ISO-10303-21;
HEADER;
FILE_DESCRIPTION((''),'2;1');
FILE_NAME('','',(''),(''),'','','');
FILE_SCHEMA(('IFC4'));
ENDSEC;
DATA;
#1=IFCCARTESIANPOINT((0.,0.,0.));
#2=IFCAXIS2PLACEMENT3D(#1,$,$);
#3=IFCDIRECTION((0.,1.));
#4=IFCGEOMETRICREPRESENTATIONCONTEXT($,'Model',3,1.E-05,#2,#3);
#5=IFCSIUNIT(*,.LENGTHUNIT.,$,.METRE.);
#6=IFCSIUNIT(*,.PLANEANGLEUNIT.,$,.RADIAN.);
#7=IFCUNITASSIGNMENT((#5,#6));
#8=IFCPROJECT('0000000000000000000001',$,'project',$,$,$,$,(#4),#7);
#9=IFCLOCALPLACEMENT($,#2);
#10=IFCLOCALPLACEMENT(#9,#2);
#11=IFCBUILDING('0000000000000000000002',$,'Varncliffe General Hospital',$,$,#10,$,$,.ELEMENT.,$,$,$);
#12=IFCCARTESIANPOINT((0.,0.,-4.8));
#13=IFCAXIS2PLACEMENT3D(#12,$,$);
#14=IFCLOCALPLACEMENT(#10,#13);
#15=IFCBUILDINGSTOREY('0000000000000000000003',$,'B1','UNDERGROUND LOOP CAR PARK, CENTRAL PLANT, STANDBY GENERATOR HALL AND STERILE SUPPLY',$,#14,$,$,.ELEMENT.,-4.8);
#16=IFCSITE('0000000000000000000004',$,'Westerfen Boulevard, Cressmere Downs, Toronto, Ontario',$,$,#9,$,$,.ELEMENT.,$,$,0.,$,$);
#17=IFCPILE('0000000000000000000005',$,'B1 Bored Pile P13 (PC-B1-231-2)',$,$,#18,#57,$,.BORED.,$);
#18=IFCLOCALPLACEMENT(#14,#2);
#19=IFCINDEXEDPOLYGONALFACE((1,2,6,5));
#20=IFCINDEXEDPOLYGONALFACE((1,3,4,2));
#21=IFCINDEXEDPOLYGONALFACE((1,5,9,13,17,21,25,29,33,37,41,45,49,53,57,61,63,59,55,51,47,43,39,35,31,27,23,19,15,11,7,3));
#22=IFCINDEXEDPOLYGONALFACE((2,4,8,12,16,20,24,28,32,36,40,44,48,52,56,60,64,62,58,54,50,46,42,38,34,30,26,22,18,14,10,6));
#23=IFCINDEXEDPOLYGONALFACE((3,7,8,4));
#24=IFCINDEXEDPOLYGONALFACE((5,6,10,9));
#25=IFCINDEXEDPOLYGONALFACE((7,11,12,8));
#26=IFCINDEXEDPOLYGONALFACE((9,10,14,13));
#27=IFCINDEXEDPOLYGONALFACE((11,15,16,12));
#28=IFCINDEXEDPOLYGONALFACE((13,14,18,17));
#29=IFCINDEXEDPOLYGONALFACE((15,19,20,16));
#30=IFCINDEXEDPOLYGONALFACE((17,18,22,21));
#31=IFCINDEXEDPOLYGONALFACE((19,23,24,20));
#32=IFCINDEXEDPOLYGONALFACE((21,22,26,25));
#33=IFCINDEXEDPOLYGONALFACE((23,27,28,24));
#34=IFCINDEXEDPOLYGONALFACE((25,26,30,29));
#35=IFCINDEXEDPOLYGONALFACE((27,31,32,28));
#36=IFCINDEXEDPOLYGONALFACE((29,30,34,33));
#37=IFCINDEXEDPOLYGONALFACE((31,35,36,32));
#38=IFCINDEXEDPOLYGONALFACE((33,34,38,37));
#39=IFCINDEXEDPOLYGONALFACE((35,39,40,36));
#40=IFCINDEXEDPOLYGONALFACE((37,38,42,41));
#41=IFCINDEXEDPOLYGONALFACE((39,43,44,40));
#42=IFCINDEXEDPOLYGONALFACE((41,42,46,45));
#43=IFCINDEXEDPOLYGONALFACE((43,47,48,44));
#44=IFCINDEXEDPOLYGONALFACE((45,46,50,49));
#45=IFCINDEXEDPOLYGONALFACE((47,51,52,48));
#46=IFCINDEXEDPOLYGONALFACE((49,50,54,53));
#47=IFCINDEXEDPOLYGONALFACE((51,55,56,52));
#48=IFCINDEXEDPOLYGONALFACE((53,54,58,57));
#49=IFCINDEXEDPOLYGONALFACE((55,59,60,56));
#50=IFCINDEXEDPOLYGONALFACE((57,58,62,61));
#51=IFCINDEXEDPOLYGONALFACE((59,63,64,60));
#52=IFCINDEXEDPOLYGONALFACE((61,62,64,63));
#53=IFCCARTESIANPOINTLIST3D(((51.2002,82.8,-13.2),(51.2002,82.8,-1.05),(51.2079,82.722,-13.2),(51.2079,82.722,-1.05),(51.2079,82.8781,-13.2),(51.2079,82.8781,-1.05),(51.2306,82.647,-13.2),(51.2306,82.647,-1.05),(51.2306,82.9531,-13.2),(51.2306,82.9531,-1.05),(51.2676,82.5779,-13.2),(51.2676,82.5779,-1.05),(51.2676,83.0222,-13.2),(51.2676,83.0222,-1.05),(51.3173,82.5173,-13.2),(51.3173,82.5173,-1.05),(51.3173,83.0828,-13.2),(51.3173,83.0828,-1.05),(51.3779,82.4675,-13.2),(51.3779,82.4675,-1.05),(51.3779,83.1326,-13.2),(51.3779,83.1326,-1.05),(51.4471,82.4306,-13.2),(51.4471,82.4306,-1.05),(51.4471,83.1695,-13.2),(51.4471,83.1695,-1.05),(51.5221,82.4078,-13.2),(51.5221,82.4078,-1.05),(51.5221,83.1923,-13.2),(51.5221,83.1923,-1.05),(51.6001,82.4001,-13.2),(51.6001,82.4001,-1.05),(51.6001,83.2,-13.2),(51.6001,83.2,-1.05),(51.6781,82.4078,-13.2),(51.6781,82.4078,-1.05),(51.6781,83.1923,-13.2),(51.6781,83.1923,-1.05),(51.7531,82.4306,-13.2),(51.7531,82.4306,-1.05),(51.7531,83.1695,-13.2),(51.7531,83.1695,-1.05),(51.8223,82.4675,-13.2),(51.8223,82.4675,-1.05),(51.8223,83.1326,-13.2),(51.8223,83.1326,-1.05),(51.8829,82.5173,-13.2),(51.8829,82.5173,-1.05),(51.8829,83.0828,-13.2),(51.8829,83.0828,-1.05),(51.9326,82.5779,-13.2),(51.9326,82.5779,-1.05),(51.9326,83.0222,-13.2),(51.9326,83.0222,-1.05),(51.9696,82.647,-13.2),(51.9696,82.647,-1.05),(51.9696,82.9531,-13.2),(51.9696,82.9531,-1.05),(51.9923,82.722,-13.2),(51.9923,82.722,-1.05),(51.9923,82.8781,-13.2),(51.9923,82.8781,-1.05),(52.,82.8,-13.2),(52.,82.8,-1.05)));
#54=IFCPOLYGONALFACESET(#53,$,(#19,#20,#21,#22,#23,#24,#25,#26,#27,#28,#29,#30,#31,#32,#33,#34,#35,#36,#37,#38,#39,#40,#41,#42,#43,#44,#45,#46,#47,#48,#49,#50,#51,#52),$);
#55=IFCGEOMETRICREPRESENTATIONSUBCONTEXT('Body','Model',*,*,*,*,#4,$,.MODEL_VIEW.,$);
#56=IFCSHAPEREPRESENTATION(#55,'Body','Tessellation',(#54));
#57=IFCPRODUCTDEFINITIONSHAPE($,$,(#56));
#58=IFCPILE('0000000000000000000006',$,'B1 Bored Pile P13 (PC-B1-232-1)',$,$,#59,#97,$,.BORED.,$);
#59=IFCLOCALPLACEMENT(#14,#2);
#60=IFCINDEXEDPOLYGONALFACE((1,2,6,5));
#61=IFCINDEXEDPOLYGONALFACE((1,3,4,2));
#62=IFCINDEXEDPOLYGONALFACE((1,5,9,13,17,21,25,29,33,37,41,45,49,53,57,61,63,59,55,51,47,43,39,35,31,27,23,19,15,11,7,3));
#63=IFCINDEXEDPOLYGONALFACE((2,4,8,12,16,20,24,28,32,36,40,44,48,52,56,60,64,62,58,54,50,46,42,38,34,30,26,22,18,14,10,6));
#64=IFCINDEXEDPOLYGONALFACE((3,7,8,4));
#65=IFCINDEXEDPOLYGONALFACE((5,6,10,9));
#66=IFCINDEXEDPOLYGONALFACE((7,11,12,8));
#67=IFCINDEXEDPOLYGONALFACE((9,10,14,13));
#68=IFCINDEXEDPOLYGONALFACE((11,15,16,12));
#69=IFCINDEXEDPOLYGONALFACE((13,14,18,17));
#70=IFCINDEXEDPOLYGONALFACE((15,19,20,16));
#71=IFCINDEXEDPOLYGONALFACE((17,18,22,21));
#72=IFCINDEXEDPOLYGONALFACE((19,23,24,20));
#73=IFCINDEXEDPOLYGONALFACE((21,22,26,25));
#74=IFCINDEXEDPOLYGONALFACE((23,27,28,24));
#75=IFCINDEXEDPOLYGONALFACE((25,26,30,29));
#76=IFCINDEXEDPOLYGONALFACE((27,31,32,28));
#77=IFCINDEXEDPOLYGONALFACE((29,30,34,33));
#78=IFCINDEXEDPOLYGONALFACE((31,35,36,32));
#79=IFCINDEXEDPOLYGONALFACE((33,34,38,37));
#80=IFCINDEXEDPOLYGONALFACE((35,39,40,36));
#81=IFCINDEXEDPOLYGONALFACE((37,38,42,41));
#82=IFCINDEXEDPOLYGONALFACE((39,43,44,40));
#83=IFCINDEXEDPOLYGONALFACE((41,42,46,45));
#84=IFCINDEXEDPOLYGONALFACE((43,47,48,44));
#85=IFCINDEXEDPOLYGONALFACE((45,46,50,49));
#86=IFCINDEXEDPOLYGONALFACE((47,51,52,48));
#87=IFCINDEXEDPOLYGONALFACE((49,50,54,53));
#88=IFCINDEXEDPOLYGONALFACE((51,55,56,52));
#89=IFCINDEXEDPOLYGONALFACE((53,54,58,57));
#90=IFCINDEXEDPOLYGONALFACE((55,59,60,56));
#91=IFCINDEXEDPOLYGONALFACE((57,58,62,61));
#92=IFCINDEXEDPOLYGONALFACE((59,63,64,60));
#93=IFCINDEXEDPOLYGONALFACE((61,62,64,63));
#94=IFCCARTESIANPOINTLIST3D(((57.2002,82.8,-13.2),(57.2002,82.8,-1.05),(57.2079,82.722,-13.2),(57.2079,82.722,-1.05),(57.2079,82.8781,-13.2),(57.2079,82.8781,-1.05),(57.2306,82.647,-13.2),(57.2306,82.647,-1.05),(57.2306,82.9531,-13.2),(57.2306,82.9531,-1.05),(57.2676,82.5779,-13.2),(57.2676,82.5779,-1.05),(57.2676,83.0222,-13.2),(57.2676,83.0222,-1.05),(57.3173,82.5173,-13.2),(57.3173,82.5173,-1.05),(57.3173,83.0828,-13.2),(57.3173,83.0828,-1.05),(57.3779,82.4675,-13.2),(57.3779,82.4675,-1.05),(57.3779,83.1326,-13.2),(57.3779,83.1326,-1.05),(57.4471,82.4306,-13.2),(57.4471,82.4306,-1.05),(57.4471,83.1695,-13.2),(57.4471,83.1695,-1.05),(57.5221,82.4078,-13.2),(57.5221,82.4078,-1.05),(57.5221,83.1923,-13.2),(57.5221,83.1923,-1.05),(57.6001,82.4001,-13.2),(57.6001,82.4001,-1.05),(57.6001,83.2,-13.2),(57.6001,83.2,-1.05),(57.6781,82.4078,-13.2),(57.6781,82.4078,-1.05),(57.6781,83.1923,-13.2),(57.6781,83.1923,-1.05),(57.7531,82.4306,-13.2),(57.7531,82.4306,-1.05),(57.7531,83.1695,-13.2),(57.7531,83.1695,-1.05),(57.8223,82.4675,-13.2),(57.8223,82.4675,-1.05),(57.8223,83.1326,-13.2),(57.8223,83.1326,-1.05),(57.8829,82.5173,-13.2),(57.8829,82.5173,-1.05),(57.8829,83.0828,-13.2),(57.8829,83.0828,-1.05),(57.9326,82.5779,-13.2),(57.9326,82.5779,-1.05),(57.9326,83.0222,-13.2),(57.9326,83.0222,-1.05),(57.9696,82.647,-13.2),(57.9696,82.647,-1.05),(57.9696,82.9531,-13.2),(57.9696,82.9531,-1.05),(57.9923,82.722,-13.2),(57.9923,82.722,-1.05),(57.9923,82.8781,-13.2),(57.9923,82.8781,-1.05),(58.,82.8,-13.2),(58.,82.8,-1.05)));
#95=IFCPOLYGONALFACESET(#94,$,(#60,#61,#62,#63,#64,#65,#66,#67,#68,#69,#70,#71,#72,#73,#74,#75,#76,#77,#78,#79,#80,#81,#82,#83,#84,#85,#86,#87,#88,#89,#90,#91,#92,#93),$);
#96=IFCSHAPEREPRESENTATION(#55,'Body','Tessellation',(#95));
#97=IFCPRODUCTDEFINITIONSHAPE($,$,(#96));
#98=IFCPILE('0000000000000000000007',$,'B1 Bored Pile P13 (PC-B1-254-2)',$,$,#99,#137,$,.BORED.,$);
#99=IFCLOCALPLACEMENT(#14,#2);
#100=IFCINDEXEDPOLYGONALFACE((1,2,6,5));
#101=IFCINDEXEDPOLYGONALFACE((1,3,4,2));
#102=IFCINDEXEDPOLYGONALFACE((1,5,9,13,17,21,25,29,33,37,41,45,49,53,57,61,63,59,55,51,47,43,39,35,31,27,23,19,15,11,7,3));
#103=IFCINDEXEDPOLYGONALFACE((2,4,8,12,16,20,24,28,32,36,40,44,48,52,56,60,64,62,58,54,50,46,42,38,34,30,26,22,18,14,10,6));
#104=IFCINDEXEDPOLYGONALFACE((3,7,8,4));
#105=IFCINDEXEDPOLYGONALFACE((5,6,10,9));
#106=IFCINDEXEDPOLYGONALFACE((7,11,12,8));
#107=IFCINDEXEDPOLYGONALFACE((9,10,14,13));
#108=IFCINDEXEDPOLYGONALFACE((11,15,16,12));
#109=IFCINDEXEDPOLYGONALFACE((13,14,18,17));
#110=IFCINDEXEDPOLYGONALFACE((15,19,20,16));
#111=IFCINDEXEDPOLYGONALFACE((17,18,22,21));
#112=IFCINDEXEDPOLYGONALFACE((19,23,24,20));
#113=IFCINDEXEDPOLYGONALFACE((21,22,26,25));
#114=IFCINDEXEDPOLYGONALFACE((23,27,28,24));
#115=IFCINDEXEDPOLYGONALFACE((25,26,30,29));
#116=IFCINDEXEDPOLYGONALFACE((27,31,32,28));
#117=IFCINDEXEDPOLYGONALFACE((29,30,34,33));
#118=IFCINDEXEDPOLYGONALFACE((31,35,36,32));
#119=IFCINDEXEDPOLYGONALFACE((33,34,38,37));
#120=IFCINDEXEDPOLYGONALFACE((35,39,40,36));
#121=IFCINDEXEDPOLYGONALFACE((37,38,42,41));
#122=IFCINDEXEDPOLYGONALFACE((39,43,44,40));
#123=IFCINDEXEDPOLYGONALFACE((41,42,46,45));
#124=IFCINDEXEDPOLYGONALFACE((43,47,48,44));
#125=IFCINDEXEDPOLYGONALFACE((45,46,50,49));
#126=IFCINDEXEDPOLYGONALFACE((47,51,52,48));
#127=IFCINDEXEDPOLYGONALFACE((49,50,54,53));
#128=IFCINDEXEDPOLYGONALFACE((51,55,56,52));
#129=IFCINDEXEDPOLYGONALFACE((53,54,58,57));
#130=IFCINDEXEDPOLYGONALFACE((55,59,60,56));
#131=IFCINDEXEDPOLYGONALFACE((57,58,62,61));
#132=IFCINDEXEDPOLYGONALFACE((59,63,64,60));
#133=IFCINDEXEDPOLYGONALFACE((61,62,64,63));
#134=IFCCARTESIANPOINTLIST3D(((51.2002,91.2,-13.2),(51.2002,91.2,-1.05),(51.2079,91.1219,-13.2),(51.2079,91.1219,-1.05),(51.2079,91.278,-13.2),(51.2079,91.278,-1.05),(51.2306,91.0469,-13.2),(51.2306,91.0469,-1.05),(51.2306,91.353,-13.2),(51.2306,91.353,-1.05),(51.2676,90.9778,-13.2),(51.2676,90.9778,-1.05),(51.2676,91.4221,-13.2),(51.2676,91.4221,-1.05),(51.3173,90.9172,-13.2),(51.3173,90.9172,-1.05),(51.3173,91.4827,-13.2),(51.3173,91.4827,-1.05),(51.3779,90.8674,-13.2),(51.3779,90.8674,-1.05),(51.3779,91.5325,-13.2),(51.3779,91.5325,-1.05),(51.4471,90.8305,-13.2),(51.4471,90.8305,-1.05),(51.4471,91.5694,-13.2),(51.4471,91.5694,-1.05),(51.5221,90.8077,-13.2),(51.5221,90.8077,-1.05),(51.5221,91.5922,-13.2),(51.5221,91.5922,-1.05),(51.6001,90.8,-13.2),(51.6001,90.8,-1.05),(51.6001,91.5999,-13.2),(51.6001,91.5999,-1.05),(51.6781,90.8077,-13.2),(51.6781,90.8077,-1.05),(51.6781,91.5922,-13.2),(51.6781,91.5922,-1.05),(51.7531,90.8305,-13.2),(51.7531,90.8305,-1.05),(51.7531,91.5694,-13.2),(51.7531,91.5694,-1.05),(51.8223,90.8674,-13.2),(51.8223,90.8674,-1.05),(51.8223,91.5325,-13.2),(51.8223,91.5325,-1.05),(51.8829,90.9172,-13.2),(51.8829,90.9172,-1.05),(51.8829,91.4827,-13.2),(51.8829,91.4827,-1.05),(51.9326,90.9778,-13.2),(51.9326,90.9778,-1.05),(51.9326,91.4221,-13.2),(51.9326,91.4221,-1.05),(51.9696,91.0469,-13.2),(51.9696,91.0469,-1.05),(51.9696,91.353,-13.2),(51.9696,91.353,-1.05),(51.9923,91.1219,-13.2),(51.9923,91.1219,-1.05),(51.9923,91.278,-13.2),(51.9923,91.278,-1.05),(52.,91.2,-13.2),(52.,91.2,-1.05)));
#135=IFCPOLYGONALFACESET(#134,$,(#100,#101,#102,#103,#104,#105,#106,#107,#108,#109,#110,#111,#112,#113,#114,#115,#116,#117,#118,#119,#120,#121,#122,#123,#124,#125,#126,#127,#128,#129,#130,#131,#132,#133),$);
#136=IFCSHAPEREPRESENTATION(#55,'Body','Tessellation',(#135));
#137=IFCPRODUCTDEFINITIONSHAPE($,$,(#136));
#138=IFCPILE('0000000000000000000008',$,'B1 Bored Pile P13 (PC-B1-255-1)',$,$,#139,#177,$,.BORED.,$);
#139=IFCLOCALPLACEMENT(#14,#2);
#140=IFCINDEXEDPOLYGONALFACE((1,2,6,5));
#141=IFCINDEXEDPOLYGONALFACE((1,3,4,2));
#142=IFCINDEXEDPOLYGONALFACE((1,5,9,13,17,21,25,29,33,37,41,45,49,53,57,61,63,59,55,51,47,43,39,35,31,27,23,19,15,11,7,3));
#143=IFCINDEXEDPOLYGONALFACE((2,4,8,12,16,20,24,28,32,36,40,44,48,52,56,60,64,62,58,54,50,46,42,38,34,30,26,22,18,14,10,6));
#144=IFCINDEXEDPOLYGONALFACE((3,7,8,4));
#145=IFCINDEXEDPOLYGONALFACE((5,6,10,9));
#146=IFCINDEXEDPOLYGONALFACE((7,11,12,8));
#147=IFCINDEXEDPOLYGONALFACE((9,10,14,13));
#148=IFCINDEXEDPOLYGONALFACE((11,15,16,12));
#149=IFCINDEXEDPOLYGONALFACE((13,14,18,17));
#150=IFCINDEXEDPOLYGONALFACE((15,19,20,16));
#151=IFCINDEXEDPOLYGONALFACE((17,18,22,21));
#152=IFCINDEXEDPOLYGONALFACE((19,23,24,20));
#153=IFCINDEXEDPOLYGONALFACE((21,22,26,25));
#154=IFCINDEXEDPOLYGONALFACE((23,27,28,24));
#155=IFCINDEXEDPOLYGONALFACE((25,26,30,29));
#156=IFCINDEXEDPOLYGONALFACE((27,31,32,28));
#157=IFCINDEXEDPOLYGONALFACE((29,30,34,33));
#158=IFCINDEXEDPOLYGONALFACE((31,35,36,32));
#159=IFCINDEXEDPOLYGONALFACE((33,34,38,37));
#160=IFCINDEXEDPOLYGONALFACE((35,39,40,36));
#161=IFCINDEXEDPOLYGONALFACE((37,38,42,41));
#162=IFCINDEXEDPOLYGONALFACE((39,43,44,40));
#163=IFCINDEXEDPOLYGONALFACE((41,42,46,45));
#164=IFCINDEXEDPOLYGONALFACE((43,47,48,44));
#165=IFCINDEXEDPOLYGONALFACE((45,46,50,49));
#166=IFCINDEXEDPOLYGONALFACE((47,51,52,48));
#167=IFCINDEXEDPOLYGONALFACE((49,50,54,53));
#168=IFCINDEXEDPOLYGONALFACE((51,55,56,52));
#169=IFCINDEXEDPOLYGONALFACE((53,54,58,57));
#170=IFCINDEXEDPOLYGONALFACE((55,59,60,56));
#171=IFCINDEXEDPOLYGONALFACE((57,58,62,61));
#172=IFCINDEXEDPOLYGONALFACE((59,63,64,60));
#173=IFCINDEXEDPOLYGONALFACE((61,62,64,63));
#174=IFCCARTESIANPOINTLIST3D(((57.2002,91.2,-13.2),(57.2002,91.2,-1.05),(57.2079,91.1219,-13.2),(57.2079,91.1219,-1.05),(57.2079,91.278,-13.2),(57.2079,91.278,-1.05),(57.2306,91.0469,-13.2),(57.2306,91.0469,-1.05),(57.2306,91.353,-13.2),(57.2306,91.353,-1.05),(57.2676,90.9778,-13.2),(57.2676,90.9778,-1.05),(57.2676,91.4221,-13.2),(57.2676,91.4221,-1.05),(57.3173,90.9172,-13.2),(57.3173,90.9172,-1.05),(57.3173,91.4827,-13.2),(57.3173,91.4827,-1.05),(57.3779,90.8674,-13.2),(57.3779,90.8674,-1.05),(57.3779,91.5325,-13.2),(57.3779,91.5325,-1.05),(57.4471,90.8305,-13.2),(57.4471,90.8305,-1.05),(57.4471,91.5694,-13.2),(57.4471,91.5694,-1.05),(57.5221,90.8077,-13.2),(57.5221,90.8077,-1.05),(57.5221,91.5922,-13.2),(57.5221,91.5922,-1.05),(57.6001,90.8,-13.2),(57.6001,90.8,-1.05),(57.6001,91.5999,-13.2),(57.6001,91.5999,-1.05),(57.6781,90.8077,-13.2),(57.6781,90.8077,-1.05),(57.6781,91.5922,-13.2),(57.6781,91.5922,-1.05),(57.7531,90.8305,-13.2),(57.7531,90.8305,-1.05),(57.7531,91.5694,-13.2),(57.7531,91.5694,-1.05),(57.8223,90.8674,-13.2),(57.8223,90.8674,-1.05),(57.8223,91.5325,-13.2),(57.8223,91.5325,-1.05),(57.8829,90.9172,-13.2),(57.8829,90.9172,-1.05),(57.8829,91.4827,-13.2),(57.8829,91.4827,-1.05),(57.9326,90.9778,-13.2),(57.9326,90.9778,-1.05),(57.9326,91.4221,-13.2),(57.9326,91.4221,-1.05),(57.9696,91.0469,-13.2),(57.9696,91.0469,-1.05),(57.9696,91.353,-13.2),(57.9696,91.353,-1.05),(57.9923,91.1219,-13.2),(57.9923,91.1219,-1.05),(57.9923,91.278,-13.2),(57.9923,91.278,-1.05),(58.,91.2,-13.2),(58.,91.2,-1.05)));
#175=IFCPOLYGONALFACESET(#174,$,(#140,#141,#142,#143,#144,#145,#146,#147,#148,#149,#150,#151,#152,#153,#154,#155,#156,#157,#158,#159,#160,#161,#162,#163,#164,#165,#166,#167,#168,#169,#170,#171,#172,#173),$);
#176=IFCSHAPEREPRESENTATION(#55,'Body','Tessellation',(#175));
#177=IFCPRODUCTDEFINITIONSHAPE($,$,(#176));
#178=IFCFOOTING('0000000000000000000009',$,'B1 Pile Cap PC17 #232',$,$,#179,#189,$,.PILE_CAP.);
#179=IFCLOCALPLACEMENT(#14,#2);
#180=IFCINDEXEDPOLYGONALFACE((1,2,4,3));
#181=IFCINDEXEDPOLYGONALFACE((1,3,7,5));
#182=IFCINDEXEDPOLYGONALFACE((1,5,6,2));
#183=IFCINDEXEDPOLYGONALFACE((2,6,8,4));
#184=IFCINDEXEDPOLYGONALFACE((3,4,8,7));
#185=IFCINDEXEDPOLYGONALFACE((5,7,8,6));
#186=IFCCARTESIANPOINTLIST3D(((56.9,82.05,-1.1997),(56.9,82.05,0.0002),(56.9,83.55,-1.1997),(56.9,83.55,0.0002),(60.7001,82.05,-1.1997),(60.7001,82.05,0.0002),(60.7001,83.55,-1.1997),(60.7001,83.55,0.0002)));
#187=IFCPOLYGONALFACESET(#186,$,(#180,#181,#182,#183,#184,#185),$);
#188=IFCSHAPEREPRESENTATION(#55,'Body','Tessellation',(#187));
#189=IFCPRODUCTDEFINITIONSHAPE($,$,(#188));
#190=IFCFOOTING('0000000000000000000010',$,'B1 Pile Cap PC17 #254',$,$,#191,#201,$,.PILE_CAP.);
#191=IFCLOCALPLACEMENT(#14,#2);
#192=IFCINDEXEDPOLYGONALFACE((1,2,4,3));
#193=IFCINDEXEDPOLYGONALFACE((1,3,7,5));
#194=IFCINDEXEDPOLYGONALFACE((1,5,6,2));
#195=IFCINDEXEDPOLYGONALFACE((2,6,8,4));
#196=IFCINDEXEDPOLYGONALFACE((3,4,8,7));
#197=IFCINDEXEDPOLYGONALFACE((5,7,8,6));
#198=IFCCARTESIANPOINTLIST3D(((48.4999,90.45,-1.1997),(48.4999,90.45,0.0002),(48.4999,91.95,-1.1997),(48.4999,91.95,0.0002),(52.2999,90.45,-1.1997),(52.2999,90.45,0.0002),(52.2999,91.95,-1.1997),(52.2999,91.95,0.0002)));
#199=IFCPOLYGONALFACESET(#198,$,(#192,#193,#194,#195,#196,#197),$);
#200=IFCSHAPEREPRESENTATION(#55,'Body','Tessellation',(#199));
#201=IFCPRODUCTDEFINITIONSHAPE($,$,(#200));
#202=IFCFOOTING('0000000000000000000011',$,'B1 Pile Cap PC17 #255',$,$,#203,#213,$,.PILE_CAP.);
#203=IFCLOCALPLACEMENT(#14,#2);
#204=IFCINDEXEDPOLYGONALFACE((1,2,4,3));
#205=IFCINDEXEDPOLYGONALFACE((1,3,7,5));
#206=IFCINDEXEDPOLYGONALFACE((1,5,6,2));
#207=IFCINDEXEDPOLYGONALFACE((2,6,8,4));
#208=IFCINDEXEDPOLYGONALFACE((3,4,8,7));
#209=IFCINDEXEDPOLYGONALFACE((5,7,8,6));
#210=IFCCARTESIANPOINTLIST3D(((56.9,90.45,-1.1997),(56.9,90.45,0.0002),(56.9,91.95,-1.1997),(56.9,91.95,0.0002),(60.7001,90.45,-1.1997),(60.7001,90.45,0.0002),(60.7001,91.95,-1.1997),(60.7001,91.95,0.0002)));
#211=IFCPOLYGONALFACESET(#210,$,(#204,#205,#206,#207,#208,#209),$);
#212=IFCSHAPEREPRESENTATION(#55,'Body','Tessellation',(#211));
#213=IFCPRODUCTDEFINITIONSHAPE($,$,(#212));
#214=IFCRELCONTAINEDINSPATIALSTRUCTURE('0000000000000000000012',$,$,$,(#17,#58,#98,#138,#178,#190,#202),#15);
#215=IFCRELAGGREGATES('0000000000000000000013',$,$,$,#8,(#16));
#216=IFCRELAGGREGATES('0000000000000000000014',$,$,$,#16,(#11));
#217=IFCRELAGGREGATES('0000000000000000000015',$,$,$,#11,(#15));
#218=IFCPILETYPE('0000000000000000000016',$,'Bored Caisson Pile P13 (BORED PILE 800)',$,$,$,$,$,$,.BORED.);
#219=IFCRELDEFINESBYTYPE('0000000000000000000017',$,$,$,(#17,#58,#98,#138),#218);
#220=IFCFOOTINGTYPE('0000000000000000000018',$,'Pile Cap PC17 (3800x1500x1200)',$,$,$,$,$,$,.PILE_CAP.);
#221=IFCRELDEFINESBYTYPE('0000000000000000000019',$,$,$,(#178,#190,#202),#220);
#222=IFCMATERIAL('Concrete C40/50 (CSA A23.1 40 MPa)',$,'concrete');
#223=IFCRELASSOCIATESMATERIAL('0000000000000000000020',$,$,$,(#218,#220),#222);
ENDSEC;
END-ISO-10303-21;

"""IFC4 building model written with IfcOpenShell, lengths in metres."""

from ifc_helpers import new_model, si_unit, direction, frame, origin, origin_2d, place, context, subcontext, project, spatial, rectangle, circle, extrude, material, material_profile, profile_set, type_object, element, save


model = new_model("IFC4")

# Units and contexts
model_context = context("Model", 3, precision=1e-05, world=origin(), true_north=direction((0.0, 1.0)))
body_context = subcontext(model_context, "Body", "Model", "MODEL_VIEW")
ifc_project = project(units=[si_unit("LENGTHUNIT", "METRE"), si_unit("PLANEANGLEUNIT", "RADIAN")], contexts=[model_context])

# Site, building, storey
site_placement = place(None, origin())
site = spatial("IfcSite", under=ifc_project, at=site_placement, Name="Westerfen Boulevard, Cressmere Downs, Toronto, Ontario", CompositionType="ELEMENT", RefElevation=0.0)
building_placement = place(site_placement, origin())
building = spatial("IfcBuilding", under=site, at=building_placement, Name="Varncliffe General Hospital", CompositionType="ELEMENT")
storey_placement = place(building_placement, frame((0.0, 0.0, -4.8)))
storey = spatial("IfcBuildingStorey", under=building, at=storey_placement, Name="B1", Description="UNDERGROUND LOOP CAR PARK, CENTRAL PLANT, STANDBY GENERATOR HALL AND STERILE SUPPLY", CompositionType="ELEMENT", Elevation=-4.8)

# Piles
ifc_material_1 = material(Name="Concrete C40/50 (CSA A23.1 40 MPa)", Category="concrete")
ifc_material_profile_1 = material_profile(ifc_material_1, circle(Radius=0.3999, at=origin_2d()), Name="BORED PILE 800")
ifc_profile_set_1 = profile_set([ifc_material_profile_1], Name="Concrete C40/50 (CSA A23.1 40 MPa)")
pile_type = type_object("IfcPileType", Name="Bored Caisson Pile P13 (BORED PILE 800)", PredefinedType="BORED", material=ifc_profile_set_1)
for number, where, z_axis, x_axis, name in (
    (1, (51.6001, 82.8, -1.05), (0.0, 0.0, -1.0), (1.0, 0.0, 0.0), "B1 Bored Pile P13 (PC-B1-231-2)"),
    (2, (57.6001, 82.8, -1.05), (0.0, 0.0, -1.0), (1.0, 0.0, 0.0), "B1 Bored Pile P13 (PC-B1-232-1)"),
    (3, (51.6001, 91.2, -1.05), (0.0, 0.0, -1.0), (1.0, 0.0, 0.0), "B1 Bored Pile P13 (PC-B1-254-2)"),
    (4, (57.6001, 91.2, -1.05), (0.0, 0.0, -1.0), (1.0, 0.0, 0.0), "B1 Bored Pile P13 (PC-B1-255-1)"),
):
    element("IfcPile", number, at=place(storey_placement, frame(where, z_axis=z_axis, x_axis=x_axis)), inside=storey, type_object=pile_type, Name=name, PredefinedType="BORED", context=body_context, shape_type="SweptSolid", body=[
        extrude(circle(Radius=0.3999, at=origin_2d()), origin(), (0.0, 0.0, 1.0), 12.1499),
    ])

# Footings
footing_type_1 = type_object("IfcFootingType", Name="Pile Cap PC17 (3800x1500x1200)", PredefinedType="PILE_CAP", material=ifc_material_1)
for number, where, z_axis, x_axis, name in (
    (5, (58.8, 82.8, -1.1997), (0.0, 0.0, 1.0), (1.0, 0.0, 0.0), "B1 Pile Cap PC17 #232"),
    (6, (50.3999, 91.2, -1.1997), (0.0, 0.0, 1.0), (1.0, 0.0, 0.0), "B1 Pile Cap PC17 #254"),
    (7, (58.8, 91.2, -1.1997), (0.0, 0.0, 1.0), (1.0, 0.0, 0.0), "B1 Pile Cap PC17 #255"),
):
    element("IfcFooting", number, at=place(storey_placement, frame(where, z_axis=z_axis, x_axis=x_axis)), inside=storey, type_object=footing_type_1, Name=name, PredefinedType="PILE_CAP", context=body_context, shape_type="SweptSolid", body=[
        extrude(rectangle(XDim=3.8, YDim=1.5, at=origin_2d()), origin(), (0.0, 0.0, 1.0), 1.2),
    ])

save(model, "model.ifc")
